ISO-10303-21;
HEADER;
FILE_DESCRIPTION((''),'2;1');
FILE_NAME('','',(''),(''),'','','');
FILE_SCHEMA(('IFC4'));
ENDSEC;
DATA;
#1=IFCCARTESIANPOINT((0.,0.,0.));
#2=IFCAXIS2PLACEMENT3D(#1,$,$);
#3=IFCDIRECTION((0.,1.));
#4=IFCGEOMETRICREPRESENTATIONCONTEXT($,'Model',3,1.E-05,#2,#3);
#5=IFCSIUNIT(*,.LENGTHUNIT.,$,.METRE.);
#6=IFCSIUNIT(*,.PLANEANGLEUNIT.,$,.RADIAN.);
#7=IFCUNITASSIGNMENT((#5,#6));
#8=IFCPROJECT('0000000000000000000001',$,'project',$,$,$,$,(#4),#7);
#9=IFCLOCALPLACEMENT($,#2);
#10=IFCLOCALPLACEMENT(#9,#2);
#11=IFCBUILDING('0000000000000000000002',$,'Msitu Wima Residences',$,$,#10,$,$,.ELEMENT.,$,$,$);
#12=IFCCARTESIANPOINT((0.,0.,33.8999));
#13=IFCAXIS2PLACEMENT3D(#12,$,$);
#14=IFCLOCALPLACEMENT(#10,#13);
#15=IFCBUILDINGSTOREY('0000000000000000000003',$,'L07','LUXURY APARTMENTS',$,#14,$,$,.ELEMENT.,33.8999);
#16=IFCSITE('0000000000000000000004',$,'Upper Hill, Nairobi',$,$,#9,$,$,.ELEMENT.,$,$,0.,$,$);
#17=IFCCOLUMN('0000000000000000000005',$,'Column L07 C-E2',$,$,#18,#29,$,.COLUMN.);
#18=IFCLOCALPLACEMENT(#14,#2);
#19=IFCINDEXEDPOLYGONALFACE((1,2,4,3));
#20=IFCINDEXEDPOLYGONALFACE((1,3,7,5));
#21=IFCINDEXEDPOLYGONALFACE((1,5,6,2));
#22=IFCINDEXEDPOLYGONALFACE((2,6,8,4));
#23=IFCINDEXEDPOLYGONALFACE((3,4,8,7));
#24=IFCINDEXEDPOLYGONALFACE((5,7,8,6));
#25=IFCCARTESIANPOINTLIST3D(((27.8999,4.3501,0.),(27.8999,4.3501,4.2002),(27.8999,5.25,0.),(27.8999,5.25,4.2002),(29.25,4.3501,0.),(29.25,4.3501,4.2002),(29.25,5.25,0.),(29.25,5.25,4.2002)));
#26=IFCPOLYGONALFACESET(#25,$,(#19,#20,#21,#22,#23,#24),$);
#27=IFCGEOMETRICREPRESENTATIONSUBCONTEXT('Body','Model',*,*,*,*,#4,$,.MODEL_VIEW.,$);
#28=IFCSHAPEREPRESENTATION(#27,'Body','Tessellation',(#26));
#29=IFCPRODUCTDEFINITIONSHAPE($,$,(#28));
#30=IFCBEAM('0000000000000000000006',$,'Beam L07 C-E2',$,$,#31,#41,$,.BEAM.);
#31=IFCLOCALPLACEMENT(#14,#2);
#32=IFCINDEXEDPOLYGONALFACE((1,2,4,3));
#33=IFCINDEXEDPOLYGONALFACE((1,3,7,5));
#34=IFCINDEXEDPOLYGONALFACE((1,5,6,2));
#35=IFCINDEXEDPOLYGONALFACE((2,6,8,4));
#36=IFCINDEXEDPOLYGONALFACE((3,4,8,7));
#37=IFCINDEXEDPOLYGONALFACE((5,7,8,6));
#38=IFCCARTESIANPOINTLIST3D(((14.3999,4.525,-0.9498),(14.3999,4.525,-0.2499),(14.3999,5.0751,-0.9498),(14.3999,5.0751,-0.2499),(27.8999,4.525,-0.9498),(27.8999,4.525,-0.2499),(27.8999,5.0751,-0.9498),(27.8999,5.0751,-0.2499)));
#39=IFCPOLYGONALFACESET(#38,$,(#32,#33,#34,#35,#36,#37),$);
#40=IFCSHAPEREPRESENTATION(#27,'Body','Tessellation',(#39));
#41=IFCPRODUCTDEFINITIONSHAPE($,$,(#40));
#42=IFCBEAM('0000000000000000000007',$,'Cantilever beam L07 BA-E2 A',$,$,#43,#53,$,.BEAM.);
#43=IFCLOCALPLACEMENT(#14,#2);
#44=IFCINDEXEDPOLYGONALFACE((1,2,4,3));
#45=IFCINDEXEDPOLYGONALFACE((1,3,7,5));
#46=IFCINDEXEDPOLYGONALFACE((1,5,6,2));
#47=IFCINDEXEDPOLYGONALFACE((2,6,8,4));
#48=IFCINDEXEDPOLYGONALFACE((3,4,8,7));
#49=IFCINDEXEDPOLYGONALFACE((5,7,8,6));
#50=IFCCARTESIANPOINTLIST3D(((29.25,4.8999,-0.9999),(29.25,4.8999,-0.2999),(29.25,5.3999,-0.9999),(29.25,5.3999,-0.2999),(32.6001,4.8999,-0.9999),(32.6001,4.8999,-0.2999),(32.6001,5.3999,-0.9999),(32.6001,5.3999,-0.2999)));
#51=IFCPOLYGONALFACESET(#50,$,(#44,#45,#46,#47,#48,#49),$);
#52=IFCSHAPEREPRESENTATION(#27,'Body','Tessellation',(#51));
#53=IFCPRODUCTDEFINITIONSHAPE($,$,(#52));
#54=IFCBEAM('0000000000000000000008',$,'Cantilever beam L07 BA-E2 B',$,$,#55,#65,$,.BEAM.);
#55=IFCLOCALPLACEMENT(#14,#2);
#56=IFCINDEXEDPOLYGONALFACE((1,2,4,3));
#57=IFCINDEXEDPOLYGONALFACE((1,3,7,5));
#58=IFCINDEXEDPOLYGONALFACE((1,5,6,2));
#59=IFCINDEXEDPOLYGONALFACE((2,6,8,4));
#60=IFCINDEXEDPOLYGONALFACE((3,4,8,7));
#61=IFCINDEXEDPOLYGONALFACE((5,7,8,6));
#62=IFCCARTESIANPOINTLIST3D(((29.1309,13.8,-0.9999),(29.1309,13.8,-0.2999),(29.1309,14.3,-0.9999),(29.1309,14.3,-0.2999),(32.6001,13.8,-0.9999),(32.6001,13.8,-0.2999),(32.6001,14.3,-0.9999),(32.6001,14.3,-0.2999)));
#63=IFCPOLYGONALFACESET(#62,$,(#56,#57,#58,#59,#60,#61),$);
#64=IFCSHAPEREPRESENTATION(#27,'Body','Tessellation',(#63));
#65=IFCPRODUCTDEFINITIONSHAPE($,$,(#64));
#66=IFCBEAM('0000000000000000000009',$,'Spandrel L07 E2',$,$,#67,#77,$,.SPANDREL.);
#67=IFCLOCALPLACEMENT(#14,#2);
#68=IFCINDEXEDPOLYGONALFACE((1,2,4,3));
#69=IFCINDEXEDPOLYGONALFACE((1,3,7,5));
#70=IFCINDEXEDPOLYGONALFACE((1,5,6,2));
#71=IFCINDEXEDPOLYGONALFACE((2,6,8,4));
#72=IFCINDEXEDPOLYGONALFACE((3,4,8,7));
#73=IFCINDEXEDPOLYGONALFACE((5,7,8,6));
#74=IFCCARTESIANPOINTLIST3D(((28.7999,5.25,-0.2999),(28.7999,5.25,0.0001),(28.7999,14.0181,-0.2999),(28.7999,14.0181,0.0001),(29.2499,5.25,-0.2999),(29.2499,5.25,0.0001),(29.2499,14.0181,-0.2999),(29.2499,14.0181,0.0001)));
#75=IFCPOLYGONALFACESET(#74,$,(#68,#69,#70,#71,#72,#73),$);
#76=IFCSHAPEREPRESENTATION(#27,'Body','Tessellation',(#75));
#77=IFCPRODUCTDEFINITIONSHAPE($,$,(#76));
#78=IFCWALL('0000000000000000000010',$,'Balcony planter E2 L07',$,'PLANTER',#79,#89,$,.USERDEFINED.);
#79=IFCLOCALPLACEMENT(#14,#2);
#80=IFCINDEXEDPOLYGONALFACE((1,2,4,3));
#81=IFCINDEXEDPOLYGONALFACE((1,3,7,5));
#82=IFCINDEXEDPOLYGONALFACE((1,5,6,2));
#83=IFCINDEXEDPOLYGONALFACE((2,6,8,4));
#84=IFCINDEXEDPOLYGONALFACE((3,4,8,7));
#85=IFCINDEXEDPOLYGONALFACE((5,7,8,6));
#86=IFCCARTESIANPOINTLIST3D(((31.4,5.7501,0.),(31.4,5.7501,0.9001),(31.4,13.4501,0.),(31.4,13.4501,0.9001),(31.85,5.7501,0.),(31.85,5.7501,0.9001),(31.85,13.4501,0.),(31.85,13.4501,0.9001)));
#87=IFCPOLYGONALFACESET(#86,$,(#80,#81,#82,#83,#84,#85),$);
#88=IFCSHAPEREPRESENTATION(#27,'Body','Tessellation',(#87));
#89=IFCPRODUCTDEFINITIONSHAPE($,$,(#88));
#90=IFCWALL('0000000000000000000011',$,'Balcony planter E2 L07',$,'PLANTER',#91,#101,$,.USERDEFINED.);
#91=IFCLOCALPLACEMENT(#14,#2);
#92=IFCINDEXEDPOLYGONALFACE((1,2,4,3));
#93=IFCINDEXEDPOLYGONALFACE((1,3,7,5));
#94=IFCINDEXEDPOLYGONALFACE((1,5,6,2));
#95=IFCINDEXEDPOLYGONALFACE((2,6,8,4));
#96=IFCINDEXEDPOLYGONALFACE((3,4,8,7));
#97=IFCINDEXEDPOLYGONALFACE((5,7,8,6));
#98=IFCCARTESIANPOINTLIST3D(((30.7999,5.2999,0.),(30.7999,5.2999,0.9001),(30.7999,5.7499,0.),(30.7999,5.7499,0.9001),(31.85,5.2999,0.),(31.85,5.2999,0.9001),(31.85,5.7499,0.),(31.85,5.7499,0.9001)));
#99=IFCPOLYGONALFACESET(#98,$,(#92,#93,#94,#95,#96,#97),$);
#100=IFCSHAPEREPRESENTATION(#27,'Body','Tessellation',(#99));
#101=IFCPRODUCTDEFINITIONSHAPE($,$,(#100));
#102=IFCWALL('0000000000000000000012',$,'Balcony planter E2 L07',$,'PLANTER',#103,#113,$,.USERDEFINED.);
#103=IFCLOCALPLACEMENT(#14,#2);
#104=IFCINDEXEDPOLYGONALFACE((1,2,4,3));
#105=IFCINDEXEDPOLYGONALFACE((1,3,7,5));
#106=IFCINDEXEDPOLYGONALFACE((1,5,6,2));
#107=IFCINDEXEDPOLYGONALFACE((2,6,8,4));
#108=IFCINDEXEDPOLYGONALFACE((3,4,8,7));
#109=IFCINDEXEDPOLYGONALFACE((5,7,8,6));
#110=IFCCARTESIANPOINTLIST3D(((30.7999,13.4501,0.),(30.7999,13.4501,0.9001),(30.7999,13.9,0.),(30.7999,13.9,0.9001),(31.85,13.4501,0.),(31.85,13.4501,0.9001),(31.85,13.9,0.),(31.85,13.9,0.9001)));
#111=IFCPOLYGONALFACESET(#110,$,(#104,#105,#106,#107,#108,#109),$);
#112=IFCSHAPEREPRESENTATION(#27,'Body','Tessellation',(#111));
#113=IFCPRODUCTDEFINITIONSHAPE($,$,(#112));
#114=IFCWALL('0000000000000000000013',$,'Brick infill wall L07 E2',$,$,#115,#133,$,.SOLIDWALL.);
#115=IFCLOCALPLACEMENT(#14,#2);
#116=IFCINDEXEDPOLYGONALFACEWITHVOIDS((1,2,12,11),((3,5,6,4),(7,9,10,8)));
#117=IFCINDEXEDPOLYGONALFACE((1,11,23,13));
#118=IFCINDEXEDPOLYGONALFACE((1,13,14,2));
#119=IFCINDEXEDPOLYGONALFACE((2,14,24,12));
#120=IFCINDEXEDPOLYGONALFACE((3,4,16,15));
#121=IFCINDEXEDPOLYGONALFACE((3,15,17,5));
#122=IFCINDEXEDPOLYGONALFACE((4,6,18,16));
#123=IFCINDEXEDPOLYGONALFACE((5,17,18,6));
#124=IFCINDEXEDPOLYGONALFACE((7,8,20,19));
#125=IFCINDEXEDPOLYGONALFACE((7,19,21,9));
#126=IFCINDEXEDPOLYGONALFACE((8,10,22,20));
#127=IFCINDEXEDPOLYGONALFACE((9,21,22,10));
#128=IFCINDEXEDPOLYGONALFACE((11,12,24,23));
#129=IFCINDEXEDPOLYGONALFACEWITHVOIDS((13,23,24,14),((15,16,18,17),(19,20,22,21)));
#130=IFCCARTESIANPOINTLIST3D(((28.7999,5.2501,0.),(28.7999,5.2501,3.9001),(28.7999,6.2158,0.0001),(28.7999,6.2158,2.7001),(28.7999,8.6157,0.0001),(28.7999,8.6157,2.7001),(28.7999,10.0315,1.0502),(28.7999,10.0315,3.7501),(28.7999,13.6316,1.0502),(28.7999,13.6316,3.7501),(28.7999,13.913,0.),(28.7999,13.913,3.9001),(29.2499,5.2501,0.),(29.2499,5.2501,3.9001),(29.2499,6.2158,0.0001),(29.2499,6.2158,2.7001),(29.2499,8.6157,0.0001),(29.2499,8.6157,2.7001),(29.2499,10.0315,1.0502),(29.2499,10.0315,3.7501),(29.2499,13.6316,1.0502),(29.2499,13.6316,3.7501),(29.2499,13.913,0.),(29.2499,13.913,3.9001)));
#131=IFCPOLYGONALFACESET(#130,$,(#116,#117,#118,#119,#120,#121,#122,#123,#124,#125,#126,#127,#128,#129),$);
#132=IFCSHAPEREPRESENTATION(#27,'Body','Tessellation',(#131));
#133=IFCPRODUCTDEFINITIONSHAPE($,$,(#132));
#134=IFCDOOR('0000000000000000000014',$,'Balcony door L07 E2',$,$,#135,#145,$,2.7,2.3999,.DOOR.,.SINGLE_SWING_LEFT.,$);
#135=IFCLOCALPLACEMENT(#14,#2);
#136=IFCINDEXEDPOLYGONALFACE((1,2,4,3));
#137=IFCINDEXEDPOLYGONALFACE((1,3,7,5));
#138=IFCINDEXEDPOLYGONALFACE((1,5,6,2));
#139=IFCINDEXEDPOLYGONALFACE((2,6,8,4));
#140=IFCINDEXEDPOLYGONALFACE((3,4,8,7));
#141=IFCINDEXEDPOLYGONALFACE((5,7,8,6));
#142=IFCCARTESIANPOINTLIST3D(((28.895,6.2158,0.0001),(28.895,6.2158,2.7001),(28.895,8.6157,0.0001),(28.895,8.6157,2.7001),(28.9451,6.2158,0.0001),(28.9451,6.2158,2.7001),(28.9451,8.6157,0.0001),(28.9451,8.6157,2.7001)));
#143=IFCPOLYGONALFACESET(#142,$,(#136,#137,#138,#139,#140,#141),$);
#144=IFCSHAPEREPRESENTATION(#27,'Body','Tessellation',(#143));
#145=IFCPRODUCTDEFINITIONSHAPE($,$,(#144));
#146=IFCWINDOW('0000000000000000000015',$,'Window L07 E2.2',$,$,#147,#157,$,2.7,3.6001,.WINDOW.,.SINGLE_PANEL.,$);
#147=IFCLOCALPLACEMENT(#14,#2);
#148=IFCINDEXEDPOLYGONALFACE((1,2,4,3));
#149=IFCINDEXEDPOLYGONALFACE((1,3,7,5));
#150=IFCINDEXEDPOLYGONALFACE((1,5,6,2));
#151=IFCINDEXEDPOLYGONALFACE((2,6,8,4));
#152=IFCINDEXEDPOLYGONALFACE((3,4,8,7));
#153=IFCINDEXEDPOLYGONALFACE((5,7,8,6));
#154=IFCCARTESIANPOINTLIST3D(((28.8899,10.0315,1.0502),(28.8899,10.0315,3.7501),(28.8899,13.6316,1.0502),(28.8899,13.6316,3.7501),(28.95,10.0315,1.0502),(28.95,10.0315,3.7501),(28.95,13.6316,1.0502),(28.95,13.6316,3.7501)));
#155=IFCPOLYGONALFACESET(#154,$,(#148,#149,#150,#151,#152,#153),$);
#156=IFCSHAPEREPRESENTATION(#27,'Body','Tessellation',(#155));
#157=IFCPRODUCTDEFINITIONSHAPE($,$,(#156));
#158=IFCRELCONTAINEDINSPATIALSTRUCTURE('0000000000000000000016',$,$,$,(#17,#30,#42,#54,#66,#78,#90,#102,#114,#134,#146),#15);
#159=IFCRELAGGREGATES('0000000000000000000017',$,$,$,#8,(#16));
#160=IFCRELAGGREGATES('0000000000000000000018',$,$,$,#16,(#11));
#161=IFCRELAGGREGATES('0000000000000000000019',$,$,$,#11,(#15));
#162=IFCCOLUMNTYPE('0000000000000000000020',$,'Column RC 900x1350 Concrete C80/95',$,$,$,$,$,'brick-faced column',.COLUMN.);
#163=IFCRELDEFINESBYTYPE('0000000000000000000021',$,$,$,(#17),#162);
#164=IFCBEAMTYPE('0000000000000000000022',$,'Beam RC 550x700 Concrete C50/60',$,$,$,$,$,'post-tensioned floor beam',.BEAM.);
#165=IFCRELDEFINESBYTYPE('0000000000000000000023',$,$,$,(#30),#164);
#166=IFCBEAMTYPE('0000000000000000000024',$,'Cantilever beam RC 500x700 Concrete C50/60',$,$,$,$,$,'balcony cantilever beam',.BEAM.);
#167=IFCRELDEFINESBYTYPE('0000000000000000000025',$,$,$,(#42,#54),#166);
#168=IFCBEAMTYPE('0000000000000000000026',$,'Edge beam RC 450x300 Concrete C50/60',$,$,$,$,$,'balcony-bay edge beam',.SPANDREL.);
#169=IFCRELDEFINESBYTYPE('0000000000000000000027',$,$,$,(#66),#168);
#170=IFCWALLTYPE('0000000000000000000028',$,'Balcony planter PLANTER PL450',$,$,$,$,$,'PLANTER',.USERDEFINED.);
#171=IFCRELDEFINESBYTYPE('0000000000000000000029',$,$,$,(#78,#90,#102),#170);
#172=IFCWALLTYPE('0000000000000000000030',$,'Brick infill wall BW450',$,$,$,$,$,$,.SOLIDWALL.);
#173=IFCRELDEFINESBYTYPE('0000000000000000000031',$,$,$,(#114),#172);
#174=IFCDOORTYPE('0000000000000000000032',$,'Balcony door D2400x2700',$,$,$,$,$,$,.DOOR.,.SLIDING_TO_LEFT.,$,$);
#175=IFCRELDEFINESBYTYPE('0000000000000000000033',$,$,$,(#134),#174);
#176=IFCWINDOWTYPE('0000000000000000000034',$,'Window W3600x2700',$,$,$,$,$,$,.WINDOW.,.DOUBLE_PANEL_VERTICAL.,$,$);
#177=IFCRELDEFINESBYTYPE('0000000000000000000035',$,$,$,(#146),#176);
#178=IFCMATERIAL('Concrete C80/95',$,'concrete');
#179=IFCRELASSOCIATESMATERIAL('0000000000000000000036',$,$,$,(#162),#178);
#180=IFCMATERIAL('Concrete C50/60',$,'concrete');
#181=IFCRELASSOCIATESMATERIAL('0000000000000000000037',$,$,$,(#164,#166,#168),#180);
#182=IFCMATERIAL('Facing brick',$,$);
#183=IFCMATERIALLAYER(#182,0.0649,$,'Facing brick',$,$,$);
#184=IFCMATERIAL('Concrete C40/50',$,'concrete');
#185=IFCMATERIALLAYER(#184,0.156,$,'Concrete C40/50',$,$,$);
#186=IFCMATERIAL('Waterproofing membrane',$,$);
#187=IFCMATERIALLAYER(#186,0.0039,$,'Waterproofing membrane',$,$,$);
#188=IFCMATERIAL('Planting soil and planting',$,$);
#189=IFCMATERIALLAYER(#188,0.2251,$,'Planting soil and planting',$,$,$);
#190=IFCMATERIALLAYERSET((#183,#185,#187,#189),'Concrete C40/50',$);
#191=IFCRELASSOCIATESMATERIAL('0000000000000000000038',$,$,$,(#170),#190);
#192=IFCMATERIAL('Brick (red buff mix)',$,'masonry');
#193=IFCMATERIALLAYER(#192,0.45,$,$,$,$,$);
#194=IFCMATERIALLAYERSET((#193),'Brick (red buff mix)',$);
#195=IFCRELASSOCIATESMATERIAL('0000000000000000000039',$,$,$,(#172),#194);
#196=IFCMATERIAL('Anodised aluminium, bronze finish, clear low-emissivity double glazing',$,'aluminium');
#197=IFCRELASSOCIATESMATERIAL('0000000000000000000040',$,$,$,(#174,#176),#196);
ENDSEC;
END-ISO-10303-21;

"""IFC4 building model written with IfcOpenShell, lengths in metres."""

from ifc_helpers import new_model, si_unit, direction, frame, frame_2d, origin, origin_2d, place, context, subcontext, project, spatial, rectangle, extrude, material, layer, layer_set, material_profile, profile_set, type_object, element, fill, save


model = new_model("IFC4")

# Units and contexts
model_context = context("Model", 3, precision=1e-05, world=origin(), true_north=direction((0.0, 1.0)))
body_context = subcontext(model_context, "Body", "Model", "MODEL_VIEW")
ifc_project = project(units=[si_unit("LENGTHUNIT", "METRE"), si_unit("PLANEANGLEUNIT", "RADIAN")], contexts=[model_context])

# Site, building, storey
site_placement = place(None, origin())
site = spatial("IfcSite", under=ifc_project, at=site_placement, Name="Upper Hill, Nairobi", CompositionType="ELEMENT", RefElevation=0.0)
building_placement = place(site_placement, origin())
building = spatial("IfcBuilding", under=site, at=building_placement, Name="Msitu Wima Residences", CompositionType="ELEMENT")
storey_placement = place(building_placement, frame((0.0, 0.0, 33.8999)))
storey = spatial("IfcBuildingStorey", under=building, at=storey_placement, Name="L07", Description="LUXURY APARTMENTS", CompositionType="ELEMENT", Elevation=33.8999)

# Column
ifc_material_1 = material(Name="Concrete C80/95", Category="concrete")
ifc_material_profile_1 = material_profile(ifc_material_1, rectangle(XDim=0.8999, YDim=1.3501, at=origin_2d()), Name="RC 900x1350")
ifc_profile_set_1 = profile_set([ifc_material_profile_1], Name="Concrete C80/95")
column_type = type_object("IfcColumnType", Name="Column RC 900x1350 Concrete C80/95", ElementType="brick-faced column", PredefinedType="COLUMN", material=ifc_profile_set_1)
column_placement = place(storey_placement, frame((28.575, 4.8, 0.0), z_axis=(0.0, 0.0, 1.0), x_axis=(0.0, 1.0, 0.0)))
element("IfcColumn", 1, at=column_placement, inside=storey, type_object=column_type, Name="Column L07 C-E2", PredefinedType="COLUMN", context=body_context, shape_type="SweptSolid", body=[
    extrude(rectangle(XDim=0.8999, YDim=1.3501, at=origin_2d()), origin(), (0.0, 0.0, 1.0), 4.2002),
])

# Beams
ifc_material_2 = material(Name="Concrete C50/60", Category="concrete")
ifc_material_profile_2 = material_profile(ifc_material_2, rectangle(XDim=0.55, YDim=0.7, at=origin_2d()), Name="RC 550x700")
ifc_profile_set_2 = profile_set([ifc_material_profile_2], Name="Concrete C50/60")
beam_type_1 = type_object("IfcBeamType", Name="Beam RC 550x700 Concrete C50/60", ElementType="post-tensioned floor beam", PredefinedType="BEAM", material=ifc_profile_set_2)
beam_1_placement = place(storey_placement, frame((27.8999, 4.8, -0.5999), z_axis=(-1.0, 0.0, 0.0), x_axis=(0.0, -1.0, 0.0)))
element("IfcBeam", 2, at=beam_1_placement, inside=storey, type_object=beam_type_1, Name="Beam L07 C-E2", PredefinedType="BEAM", context=body_context, shape_type="SweptSolid", body=[
    extrude(rectangle(XDim=0.55, YDim=0.7, at=origin_2d()), origin(), (0.0, 0.0, 1.0), 13.5),
])
ifc_material_profile_3 = material_profile(ifc_material_2, rectangle(XDim=0.5, YDim=0.7, at=origin_2d()), Name="RC 500x700")
ifc_profile_set_3 = profile_set([ifc_material_profile_3], Name="Concrete C50/60")
beam_type_2 = type_object("IfcBeamType", Name="Cantilever beam RC 500x700 Concrete C50/60", ElementType="balcony cantilever beam", PredefinedType="BEAM", material=ifc_profile_set_3)
beam_2_placement = place(storey_placement, frame((29.25, 5.1499, -0.6499), z_axis=(1.0, 0.0, 0.0), x_axis=(0.0, 1.0, 0.0)))
element("IfcBeam", 3, at=beam_2_placement, inside=storey, type_object=beam_type_2, Name="Cantilever beam L07 BA-E2 A", PredefinedType="BEAM", context=body_context, shape_type="SweptSolid", body=[
    extrude(rectangle(XDim=0.5, YDim=0.7, at=origin_2d()), origin(), (0.0, 0.0, 1.0), 3.3501),
])
beam_3_placement = place(storey_placement, frame((29.1309, 14.05, -0.6499), z_axis=(1.0, 0.0, 0.0), x_axis=(0.0, 1.0, 0.0)))
element("IfcBeam", 4, at=beam_3_placement, inside=storey, type_object=beam_type_2, Name="Cantilever beam L07 BA-E2 B", PredefinedType="BEAM", context=body_context, shape_type="SweptSolid", body=[
    extrude(rectangle(XDim=0.5, YDim=0.7, at=origin_2d()), origin(), (0.0, 0.0, 1.0), 3.4692),
])
ifc_material_profile_4 = material_profile(ifc_material_2, rectangle(XDim=0.45, YDim=0.3, at=origin_2d()), Name="RC 450x300")
ifc_profile_set_4 = profile_set([ifc_material_profile_4], Name="Concrete C50/60")
beam_type_3 = type_object("IfcBeamType", Name="Edge beam RC 450x300 Concrete C50/60", ElementType="balcony-bay edge beam", PredefinedType="SPANDREL", material=ifc_profile_set_4)
beam_4_placement = place(storey_placement, frame((29.0249, 5.25, -0.1499), z_axis=(0.0, 1.0, 0.0), x_axis=(-1.0, 0.0, 0.0)))
element("IfcBeam", 5, at=beam_4_placement, inside=storey, type_object=beam_type_3, Name="Spandrel L07 E2", PredefinedType="SPANDREL", context=body_context, shape_type="SweptSolid", body=[
    extrude(rectangle(XDim=0.45, YDim=0.3, at=origin_2d()), origin(), (0.0, 0.0, 1.0), 8.7681),
])

# Walls
ifc_material_3 = material(Name="Facing brick")
ifc_layer_1 = layer(ifc_material_3, 0.0649, Name="Facing brick")
ifc_material_4 = material(Name="Concrete C40/50", Category="concrete")
ifc_layer_2 = layer(ifc_material_4, 0.156, Name="Concrete C40/50")
ifc_material_5 = material(Name="Waterproofing membrane")
ifc_layer_3 = layer(ifc_material_5, 0.0039, Name="Waterproofing membrane")
ifc_material_6 = material(Name="Planting soil and planting")
ifc_layer_4 = layer(ifc_material_6, 0.2251, Name="Planting soil and planting")
ifc_layer_set_1 = layer_set([ifc_layer_1, ifc_layer_2, ifc_layer_3, ifc_layer_4], Name="Concrete C40/50")
wall_type_1 = type_object("IfcWallType", Name="Balcony planter PLANTER PL450", ElementType="PLANTER", PredefinedType="USERDEFINED", material=ifc_layer_set_1)
wall_1_placement = place(storey_placement, frame((31.625, 5.75, 0.0), z_axis=(0.0, 0.0, 1.0), x_axis=(0.0, 1.0, 0.0)))
element("IfcWall", 6, at=wall_1_placement, inside=storey, type_object=wall_type_1, Name="Balcony planter E2 L07", ObjectType="PLANTER", PredefinedType="USERDEFINED", context=body_context, shape_type="SweptSolid", body=[
    extrude(rectangle(XDim=7.7, YDim=0.45, at=frame_2d((3.8501, 0.0))), origin(), (0.0, 0.0, 1.0), 0.9001),
])
for number, where, z_axis, x_axis, name in (
    (7, (30.8, 5.5249, 0.0), (0.0, 0.0, 1.0), (1.0, 0.0, 0.0), "Balcony planter E2 L07"),
    (8, (30.8, 13.675, 0.0), (0.0, 0.0, 1.0), (1.0, 0.0, 0.0), "Balcony planter E2 L07"),
):
    element("IfcWall", number, at=place(storey_placement, frame(where, z_axis=z_axis, x_axis=x_axis)), inside=storey, type_object=wall_type_1, Name=name, ObjectType="PLANTER", PredefinedType="USERDEFINED", context=body_context, shape_type="SweptSolid", body=[
        extrude(rectangle(XDim=1.05, YDim=0.45, at=frame_2d((0.5249, 0.0))), origin(), (0.0, 0.0, 1.0), 0.9001),
    ])

# Wall, openings, door, window
ifc_material_7 = material(Name="Brick (red buff mix)", Category="masonry")
ifc_layer_5 = layer(ifc_material_7, 0.45)
ifc_layer_set_2 = layer_set([ifc_layer_5], Name="Brick (red buff mix)")
wall_type_2 = type_object("IfcWallType", Name="Brick infill wall BW450", PredefinedType="SOLIDWALL", material=ifc_layer_set_2)
wall_2_placement = place(storey_placement, frame((29.0249, 5.25, 0.0), z_axis=(0.0, 0.0, 1.0), x_axis=(0.0, 1.0, 0.0)))
wall_2 = element("IfcWall", 9, at=wall_2_placement, inside=storey, type_object=wall_type_2, Name="Brick infill wall L07 E2", PredefinedType="SOLIDWALL", context=body_context, shape_type="SweptSolid", body=[
    extrude(rectangle(XDim=8.6628, YDim=0.45, at=frame_2d((4.3315, 0.0))), origin(), (0.0, 0.0, 1.0), 3.9001),
])
opening_1_placement = place(wall_2_placement, frame((0.9658, 0.0, 0.0)))
opening_1 = element("IfcOpeningElement", 10, at=opening_1_placement, cuts=wall_2, PredefinedType="OPENING", context=body_context, shape_type="SweptSolid", body=[
    extrude(rectangle(XDim=2.3999, YDim=2.7, at=frame_2d((1.2, 1.3501))), frame((0.0, 0.2349, 0.0), z_axis=(0.0, -1.0, 0.0), x_axis=(1.0, 0.0, 0.0)), (0.0, 0.0, 1.0), 0.47),
])
opening_2_placement = place(wall_2_placement, frame((4.7815, 0.0, 1.05)))
opening_2 = element("IfcOpeningElement", 11, at=opening_2_placement, cuts=wall_2, PredefinedType="OPENING", context=body_context, shape_type="SweptSolid", body=[
    extrude(rectangle(XDim=3.6001, YDim=2.7, at=frame_2d((1.8, 1.3501))), frame((0.0, 0.2349, 0.0), z_axis=(0.0, -1.0, 0.0), x_axis=(1.0, 0.0, 0.0)), (0.0, 0.0, 1.0), 0.47),
])
ifc_material_8 = material(Name="Anodised aluminium, bronze finish, clear low-emissivity double glazing", Category="aluminium")
door_type_1 = type_object("IfcDoorType", Name="Balcony door D2400x2700", OperationType="SLIDING_TO_LEFT", PredefinedType="DOOR", material=ifc_material_8)
door_1_placement = place(opening_1_placement, origin())
door_1 = element("IfcDoor", 12, at=door_1_placement, inside=storey, type_object=door_type_1, Name="Balcony door L07 E2", OperationType="SINGLE_SWING_LEFT", OverallHeight=2.7, OverallWidth=2.3999, PredefinedType="DOOR", context=body_context, shape_type="SweptSolid", body=[
    extrude(rectangle(XDim=2.3999, YDim=2.7, at=frame_2d((1.2, 1.3501))), frame((0.0, 0.1299, 0.0), z_axis=(0.0, -1.0, 0.0), x_axis=(1.0, 0.0, 0.0)), (0.0, 0.0, 1.0), 0.05),
])
fill(opening_1, door_1)
window_type = type_object("IfcWindowType", Name="Window W3600x2700", PartitioningType="DOUBLE_PANEL_VERTICAL", PredefinedType="WINDOW", material=ifc_material_8)
window_placement = place(opening_2_placement, origin())
window = element("IfcWindow", 13, at=window_placement, inside=storey, type_object=window_type, Name="Window L07 E2.2", OverallHeight=2.7, OverallWidth=3.6001, PartitioningType="SINGLE_PANEL", PredefinedType="WINDOW", context=body_context, shape_type="SweptSolid", body=[
    extrude(rectangle(XDim=3.6001, YDim=2.7, at=frame_2d((1.8, 1.3501))), frame((0.0, 0.135, 0.0), z_axis=(0.0, -1.0, 0.0), x_axis=(1.0, 0.0, 0.0)), (0.0, 0.0, 1.0), 0.0601),
])
fill(opening_2, window)

save(model, "model.ifc")
